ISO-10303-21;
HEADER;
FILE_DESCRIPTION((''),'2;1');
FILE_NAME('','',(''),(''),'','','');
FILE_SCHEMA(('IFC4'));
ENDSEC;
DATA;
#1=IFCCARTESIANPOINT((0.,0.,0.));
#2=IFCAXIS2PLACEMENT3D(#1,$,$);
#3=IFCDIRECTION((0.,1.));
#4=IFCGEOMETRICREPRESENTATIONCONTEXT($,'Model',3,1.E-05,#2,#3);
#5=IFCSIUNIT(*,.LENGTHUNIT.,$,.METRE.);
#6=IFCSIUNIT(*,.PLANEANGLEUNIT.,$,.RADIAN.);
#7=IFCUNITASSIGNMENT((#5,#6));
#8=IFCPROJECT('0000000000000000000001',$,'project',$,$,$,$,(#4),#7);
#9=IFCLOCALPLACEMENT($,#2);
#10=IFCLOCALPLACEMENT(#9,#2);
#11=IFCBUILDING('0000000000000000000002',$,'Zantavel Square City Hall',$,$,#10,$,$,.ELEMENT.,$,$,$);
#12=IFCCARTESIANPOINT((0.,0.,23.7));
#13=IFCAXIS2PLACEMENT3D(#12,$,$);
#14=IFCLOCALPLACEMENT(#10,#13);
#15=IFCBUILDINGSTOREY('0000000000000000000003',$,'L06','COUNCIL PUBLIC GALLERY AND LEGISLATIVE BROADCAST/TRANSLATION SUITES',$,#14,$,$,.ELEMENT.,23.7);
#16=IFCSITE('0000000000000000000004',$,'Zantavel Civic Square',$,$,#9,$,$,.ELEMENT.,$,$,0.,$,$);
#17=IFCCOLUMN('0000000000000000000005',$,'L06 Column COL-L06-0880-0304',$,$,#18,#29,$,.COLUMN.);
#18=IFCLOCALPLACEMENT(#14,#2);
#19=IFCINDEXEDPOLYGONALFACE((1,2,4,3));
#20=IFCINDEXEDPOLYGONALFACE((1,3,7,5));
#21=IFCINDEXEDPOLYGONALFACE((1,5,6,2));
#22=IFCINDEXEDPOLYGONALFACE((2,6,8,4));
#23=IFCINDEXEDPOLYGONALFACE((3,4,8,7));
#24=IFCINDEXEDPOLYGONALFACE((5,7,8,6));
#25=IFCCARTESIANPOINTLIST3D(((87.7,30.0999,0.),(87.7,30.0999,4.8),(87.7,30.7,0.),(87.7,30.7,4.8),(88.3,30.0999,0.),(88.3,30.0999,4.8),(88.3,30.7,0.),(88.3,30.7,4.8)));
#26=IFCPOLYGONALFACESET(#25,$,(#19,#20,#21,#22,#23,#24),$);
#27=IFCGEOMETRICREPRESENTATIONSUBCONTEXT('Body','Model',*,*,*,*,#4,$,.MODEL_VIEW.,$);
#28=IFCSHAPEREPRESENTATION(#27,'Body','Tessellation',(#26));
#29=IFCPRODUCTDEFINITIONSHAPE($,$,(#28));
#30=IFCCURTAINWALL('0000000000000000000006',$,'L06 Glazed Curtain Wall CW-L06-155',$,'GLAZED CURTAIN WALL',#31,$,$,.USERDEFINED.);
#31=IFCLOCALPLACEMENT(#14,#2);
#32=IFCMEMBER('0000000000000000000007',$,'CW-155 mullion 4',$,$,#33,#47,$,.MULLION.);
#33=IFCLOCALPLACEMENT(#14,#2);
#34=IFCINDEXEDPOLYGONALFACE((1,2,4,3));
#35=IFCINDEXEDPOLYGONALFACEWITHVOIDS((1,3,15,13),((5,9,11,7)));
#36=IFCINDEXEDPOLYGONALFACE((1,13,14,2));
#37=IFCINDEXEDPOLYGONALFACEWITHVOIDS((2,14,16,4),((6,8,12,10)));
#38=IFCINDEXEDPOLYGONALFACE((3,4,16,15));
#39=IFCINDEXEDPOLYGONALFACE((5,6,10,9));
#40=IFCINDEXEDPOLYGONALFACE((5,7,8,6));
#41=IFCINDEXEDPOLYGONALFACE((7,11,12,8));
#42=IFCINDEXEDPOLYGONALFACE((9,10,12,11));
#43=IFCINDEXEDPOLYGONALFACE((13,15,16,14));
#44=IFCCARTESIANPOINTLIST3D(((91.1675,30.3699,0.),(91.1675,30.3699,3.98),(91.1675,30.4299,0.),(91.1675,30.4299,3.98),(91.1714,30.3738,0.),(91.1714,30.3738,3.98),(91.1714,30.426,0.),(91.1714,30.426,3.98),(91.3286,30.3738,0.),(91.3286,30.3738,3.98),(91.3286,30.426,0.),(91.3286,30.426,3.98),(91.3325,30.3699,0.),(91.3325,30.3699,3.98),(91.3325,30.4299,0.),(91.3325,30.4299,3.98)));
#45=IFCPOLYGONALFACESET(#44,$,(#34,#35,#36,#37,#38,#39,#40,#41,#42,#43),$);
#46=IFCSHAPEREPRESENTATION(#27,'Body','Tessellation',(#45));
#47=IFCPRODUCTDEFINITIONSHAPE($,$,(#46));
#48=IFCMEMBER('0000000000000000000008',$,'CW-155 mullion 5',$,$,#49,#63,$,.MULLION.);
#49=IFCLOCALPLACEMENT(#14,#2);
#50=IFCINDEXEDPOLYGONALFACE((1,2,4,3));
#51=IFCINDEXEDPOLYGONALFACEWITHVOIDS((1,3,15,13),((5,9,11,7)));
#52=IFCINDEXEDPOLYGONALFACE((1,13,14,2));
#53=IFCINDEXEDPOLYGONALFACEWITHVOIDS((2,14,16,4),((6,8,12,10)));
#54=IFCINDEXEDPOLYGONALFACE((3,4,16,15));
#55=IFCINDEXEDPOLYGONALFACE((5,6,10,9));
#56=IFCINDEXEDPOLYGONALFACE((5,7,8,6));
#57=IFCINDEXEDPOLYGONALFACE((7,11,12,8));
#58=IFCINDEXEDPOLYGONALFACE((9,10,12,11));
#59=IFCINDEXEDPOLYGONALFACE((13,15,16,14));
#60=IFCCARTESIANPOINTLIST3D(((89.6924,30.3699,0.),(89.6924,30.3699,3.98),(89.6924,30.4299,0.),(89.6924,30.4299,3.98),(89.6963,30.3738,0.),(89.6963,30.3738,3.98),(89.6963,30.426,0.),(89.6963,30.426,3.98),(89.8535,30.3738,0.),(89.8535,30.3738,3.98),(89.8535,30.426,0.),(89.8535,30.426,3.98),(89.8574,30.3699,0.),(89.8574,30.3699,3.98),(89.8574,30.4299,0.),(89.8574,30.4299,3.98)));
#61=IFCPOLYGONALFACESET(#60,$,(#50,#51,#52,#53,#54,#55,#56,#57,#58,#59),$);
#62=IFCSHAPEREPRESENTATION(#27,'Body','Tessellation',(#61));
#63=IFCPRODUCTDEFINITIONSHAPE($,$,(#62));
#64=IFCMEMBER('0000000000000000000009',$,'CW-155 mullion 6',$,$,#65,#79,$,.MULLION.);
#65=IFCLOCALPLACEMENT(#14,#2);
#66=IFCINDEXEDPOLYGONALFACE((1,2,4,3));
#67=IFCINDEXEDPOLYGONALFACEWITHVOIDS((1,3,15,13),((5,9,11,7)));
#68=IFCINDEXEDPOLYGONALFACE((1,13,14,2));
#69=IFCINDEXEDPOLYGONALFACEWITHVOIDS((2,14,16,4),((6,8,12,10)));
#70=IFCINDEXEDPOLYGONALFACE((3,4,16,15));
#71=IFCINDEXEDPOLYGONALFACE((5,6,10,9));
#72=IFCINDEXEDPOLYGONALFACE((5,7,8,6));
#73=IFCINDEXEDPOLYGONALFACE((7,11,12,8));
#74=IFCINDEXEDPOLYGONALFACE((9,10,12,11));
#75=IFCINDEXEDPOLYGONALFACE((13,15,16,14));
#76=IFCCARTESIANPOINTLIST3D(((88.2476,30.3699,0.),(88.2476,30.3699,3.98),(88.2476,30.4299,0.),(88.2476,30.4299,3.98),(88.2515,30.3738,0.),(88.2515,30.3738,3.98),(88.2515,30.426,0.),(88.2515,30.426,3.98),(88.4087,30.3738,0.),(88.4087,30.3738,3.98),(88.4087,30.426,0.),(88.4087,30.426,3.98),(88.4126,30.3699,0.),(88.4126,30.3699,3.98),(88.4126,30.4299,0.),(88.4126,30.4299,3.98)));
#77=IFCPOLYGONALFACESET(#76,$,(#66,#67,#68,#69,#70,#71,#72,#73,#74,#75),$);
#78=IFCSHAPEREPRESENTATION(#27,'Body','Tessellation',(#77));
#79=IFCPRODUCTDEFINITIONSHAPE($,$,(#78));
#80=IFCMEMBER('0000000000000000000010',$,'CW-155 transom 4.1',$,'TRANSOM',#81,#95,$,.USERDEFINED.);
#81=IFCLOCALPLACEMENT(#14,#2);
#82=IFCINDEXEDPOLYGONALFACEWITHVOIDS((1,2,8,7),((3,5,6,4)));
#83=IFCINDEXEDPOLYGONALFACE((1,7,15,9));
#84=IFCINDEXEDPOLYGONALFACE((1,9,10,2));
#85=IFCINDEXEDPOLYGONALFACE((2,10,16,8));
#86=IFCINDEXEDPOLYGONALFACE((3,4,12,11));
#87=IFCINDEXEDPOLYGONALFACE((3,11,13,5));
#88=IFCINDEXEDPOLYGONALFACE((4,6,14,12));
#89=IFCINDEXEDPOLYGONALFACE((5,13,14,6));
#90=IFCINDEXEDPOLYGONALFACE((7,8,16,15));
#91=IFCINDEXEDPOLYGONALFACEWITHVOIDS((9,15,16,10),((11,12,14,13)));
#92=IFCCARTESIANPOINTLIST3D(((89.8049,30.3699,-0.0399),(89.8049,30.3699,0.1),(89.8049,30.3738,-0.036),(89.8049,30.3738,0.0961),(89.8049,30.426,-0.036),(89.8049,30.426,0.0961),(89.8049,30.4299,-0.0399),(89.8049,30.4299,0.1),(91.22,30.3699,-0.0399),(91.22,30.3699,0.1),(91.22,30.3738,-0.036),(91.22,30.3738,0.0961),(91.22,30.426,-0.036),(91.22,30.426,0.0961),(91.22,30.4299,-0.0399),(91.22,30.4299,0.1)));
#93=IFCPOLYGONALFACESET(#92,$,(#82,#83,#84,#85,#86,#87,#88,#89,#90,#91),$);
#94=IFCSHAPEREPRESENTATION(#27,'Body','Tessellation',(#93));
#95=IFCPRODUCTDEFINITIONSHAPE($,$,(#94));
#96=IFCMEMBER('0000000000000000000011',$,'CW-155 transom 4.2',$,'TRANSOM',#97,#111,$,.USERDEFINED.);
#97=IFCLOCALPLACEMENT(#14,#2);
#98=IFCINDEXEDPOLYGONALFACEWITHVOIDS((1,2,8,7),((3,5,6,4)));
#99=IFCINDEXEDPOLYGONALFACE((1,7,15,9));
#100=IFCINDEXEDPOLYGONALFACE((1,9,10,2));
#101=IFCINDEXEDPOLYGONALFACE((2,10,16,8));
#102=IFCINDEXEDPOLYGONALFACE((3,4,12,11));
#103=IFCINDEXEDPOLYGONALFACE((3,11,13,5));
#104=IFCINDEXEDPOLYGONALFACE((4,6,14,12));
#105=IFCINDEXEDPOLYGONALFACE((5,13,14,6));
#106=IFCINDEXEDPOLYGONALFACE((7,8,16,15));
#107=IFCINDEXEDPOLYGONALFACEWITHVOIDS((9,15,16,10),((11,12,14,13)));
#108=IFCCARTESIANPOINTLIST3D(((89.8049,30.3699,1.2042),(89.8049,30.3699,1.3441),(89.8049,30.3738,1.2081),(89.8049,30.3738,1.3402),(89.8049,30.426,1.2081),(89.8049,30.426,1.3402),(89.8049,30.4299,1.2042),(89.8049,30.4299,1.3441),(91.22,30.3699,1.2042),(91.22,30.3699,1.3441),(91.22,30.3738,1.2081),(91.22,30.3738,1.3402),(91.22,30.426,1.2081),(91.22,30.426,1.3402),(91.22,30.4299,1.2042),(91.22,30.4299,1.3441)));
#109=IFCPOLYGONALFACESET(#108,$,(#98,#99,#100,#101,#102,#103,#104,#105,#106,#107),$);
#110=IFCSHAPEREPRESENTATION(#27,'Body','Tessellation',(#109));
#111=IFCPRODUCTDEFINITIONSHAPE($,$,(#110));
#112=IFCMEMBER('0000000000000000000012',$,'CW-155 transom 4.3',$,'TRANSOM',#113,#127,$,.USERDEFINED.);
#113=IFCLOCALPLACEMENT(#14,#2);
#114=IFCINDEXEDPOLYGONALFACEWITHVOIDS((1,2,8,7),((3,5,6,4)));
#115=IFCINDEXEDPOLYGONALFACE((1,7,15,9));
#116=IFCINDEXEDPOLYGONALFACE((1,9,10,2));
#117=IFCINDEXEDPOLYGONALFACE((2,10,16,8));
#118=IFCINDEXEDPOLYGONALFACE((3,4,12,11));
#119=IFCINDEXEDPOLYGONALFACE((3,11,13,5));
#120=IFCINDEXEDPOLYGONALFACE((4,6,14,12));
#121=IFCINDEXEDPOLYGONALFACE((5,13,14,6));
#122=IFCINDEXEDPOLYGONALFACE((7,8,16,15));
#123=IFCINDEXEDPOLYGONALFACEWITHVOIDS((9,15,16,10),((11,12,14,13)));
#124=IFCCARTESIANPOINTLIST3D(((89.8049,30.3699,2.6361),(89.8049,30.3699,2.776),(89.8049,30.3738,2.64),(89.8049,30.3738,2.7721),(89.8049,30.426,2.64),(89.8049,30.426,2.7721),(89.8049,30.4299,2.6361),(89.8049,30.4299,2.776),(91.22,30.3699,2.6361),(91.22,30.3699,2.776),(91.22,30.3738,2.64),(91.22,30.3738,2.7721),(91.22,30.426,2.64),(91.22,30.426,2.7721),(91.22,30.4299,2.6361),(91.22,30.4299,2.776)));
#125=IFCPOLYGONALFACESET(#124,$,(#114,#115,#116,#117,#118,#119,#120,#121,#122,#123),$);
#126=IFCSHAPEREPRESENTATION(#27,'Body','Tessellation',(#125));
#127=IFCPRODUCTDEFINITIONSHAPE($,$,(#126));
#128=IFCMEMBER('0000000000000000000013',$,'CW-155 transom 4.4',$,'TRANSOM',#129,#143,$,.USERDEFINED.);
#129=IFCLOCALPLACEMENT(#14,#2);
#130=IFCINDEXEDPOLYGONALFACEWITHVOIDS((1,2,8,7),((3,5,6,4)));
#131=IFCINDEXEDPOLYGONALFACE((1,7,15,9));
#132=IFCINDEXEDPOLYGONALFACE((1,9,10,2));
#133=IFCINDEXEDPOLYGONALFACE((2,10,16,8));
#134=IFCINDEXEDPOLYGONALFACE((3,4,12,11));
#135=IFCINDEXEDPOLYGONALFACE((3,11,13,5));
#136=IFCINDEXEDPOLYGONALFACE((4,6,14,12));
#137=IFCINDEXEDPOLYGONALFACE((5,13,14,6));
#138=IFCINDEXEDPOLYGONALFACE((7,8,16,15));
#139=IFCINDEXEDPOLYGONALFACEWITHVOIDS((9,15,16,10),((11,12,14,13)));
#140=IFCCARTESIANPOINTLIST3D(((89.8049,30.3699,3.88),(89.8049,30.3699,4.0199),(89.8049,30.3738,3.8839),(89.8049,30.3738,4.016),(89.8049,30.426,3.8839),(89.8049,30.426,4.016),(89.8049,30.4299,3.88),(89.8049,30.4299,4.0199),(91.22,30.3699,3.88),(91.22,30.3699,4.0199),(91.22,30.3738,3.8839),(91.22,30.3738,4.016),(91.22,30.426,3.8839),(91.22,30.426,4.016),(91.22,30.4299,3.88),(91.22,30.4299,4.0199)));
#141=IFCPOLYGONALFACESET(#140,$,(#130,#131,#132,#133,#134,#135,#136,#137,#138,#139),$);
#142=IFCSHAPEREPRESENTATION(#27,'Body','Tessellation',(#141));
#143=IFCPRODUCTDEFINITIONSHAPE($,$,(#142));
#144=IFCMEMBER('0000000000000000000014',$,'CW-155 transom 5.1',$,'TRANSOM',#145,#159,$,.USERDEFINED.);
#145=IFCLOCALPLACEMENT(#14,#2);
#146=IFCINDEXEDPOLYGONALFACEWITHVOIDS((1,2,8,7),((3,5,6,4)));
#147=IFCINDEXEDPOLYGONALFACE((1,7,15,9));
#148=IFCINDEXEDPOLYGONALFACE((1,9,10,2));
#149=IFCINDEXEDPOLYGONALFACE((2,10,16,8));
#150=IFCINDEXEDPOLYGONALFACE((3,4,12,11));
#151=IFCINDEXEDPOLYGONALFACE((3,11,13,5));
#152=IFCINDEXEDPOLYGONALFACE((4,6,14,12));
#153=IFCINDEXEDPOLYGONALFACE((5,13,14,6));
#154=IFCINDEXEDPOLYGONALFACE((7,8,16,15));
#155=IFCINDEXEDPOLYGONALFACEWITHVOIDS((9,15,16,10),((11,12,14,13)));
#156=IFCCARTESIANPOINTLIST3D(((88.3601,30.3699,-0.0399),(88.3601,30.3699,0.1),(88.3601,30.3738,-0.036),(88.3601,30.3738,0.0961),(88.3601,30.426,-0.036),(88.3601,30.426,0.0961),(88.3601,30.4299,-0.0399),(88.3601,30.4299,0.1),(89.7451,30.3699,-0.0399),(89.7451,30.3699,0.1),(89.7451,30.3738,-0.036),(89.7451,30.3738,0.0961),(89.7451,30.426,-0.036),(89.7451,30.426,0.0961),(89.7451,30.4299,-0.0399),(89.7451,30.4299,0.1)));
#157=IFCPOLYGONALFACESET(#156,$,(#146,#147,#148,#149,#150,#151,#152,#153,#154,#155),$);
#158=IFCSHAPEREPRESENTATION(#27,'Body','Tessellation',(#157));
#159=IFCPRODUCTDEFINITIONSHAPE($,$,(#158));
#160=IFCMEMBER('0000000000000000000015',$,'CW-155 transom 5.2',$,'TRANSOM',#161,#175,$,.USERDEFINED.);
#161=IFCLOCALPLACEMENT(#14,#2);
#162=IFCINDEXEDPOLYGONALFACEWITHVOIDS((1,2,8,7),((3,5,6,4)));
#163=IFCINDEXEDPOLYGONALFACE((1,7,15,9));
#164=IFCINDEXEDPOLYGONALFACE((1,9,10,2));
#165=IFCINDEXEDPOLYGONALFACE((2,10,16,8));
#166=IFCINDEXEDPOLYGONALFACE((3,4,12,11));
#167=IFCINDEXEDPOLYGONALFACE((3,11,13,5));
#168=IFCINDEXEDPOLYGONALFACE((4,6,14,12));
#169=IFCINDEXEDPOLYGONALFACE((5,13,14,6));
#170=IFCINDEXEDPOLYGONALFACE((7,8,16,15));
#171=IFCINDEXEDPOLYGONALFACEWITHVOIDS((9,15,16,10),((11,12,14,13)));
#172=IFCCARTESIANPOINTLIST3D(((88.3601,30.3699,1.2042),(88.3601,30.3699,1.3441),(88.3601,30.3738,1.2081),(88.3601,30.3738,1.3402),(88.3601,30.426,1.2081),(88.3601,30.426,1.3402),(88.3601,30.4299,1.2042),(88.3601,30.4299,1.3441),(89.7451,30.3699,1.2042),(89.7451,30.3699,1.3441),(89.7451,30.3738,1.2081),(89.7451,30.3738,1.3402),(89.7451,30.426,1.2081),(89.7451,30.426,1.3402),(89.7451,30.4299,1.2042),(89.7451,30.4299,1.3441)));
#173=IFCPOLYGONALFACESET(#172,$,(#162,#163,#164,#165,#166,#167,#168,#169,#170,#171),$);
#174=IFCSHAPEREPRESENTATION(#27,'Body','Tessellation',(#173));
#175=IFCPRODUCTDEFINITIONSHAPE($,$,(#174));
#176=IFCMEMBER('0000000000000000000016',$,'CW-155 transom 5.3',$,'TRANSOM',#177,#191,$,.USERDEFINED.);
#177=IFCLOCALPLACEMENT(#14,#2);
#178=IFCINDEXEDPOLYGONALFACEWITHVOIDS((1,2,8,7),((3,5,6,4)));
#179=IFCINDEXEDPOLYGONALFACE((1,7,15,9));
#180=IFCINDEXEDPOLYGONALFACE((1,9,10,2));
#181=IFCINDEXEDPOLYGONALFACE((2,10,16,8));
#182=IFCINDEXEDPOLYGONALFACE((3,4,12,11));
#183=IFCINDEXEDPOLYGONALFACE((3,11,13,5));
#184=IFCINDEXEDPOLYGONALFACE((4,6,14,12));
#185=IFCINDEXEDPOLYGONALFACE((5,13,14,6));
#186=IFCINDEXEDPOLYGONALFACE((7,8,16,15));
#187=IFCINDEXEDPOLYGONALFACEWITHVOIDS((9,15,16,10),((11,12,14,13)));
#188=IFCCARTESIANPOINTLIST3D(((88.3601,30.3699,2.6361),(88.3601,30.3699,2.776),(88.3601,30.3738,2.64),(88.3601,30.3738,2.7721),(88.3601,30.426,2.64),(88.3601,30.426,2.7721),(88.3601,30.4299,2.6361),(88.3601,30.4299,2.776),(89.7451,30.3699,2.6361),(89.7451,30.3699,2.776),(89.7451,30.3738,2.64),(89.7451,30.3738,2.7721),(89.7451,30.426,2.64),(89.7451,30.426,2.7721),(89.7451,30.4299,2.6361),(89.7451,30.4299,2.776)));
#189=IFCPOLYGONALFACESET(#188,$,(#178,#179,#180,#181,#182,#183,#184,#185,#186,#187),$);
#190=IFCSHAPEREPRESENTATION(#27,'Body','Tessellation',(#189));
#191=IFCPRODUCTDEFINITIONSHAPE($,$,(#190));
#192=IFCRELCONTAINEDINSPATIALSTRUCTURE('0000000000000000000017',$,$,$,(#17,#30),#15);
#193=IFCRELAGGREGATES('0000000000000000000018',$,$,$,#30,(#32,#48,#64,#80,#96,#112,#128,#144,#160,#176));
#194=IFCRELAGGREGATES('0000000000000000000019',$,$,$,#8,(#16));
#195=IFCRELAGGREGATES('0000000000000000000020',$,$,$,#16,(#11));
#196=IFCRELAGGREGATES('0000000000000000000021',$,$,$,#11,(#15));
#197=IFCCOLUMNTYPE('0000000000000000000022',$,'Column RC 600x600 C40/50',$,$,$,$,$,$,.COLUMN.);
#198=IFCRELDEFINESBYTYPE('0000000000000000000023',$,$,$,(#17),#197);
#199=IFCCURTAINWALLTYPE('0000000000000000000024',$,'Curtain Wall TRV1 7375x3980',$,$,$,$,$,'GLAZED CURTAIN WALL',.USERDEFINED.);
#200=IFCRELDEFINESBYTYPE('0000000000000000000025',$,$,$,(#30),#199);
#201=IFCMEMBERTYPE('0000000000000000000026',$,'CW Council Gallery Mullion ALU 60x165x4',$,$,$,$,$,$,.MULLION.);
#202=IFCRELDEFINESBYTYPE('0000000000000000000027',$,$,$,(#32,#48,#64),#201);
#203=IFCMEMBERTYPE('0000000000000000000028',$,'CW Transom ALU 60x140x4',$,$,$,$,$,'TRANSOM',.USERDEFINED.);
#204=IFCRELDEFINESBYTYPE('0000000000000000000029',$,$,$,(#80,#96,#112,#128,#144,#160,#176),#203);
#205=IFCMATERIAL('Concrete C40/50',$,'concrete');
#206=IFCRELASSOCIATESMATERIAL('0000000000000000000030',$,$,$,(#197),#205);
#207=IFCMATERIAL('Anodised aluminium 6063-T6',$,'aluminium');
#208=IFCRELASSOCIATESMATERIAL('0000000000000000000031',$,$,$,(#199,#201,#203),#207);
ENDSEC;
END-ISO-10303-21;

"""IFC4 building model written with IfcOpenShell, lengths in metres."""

from ifc_helpers import new_model, si_unit, direction, frame, origin, origin_2d, place, context, subcontext, project, spatial, rectangle, hollow_rectangle, extrude, material, material_profile, profile_set, type_object, element, aggregate, save


model = new_model("IFC4")

# Units and contexts
model_context = context("Model", 3, precision=1e-05, world=origin(), true_north=direction((0.0, 1.0)))
body_context = subcontext(model_context, "Body", "Model", "MODEL_VIEW")
ifc_project = project(units=[si_unit("LENGTHUNIT", "METRE"), si_unit("PLANEANGLEUNIT", "RADIAN")], contexts=[model_context])

# Site, building, storey
site_placement = place(None, origin())
site = spatial("IfcSite", under=ifc_project, at=site_placement, Name="Zantavel Civic Square", CompositionType="ELEMENT", RefElevation=0.0)
building_placement = place(site_placement, origin())
building = spatial("IfcBuilding", under=site, at=building_placement, Name="Zantavel Square City Hall", CompositionType="ELEMENT")
storey_placement = place(building_placement, frame((0.0, 0.0, 23.7)))
storey = spatial("IfcBuildingStorey", under=building, at=storey_placement, Name="L06", Description="COUNCIL PUBLIC GALLERY AND LEGISLATIVE BROADCAST/TRANSLATION SUITES", CompositionType="ELEMENT", Elevation=23.7)

# Column
ifc_material_1 = material(Name="Concrete C40/50", Category="concrete")
ifc_material_profile_1 = material_profile(ifc_material_1, rectangle(XDim=0.6001, YDim=0.6001, at=origin_2d()), Name="RC 600x600")
ifc_profile_set_1 = profile_set([ifc_material_profile_1], Name="Concrete C40/50")
column_type = type_object("IfcColumnType", Name="Column RC 600x600 C40/50", PredefinedType="COLUMN", material=ifc_profile_set_1)
column_placement = place(storey_placement, frame((88.0, 30.3999, 0.0), z_axis=(0.0, 0.0, 1.0), x_axis=(1.0, 0.0, 0.0)))
element("IfcColumn", 1, at=column_placement, inside=storey, type_object=column_type, Name="L06 Column COL-L06-0880-0304", PredefinedType="COLUMN", context=body_context, shape_type="SweptSolid", body=[
    extrude(rectangle(XDim=0.6001, YDim=0.6001, at=origin_2d()), origin(), (0.0, 0.0, 1.0), 4.8),
])

# Curtain wall, members
ifc_material_2 = material(Name="Anodised aluminium 6063-T6", Category="aluminium")
curtain_wall_type = type_object("IfcCurtainWallType", Name="Curtain Wall TRV1 7375x3980", ElementType="GLAZED CURTAIN WALL", PredefinedType="USERDEFINED", material=ifc_material_2)
curtain_wall_placement = place(storey_placement, origin())
curtain_wall = element("IfcCurtainWall", 2, at=curtain_wall_placement, inside=storey, type_object=curtain_wall_type, Name="L06 Glazed Curtain Wall CW-L06-155", ObjectType="GLAZED CURTAIN WALL", PredefinedType="USERDEFINED")
ifc_material_profile_2 = material_profile(ifc_material_2, hollow_rectangle(XDim=0.0601, YDim=0.165, WallThickness=0.0039, at=origin_2d()), Name="ALU 60x165x4")
ifc_profile_set_2 = profile_set([ifc_material_profile_2], Name="Anodised aluminium 6063-T6")
member_type_1 = type_object("IfcMemberType", Name="CW Council Gallery Mullion ALU 60x165x4", PredefinedType="MULLION", material=ifc_profile_set_2)
member_1_placement = place(storey_placement, frame((91.25, 30.3999, 0.0), z_axis=(0.0, 0.0, 1.0), x_axis=(0.0, -1.0, 0.0)))
member_1 = element("IfcMember", 3, at=member_1_placement, type_object=member_type_1, Name="CW-155 mullion 4", PredefinedType="MULLION", context=body_context, shape_type="SweptSolid", body=[
    extrude(hollow_rectangle(XDim=0.0601, YDim=0.165, WallThickness=0.0039, at=origin_2d()), origin(), (0.0, 0.0, 1.0), 3.98),
])
member_2_placement = place(storey_placement, frame((89.7749, 30.3999, 0.0), z_axis=(0.0, 0.0, 1.0), x_axis=(0.0, -1.0, 0.0)))
member_2 = element("IfcMember", 4, at=member_2_placement, type_object=member_type_1, Name="CW-155 mullion 5", PredefinedType="MULLION", context=body_context, shape_type="SweptSolid", body=[
    extrude(hollow_rectangle(XDim=0.0601, YDim=0.165, WallThickness=0.0039, at=origin_2d()), origin(), (0.0, 0.0, 1.0), 3.98),
])
member_3_placement = place(storey_placement, frame((88.3301, 30.3999, 0.0), z_axis=(0.0, 0.0, 1.0), x_axis=(0.0, -1.0, 0.0)))
member_3 = element("IfcMember", 5, at=member_3_placement, type_object=member_type_1, Name="CW-155 mullion 6", PredefinedType="MULLION", context=body_context, shape_type="SweptSolid", body=[
    extrude(hollow_rectangle(XDim=0.0601, YDim=0.165, WallThickness=0.0039, at=origin_2d()), origin(), (0.0, 0.0, 1.0), 3.98),
])
ifc_material_profile_3 = material_profile(ifc_material_2, hollow_rectangle(XDim=0.0601, YDim=0.1399, WallThickness=0.0039, at=origin_2d()), Name="ALU 60x140x4")
ifc_profile_set_3 = profile_set([ifc_material_profile_3], Name="Anodised aluminium 6063-T6")
member_type_2 = type_object("IfcMemberType", Name="CW Transom ALU 60x140x4", ElementType="TRANSOM", PredefinedType="USERDEFINED", material=ifc_profile_set_3)
member_4_placement = place(storey_placement, frame((91.22, 30.3999, 0.03), z_axis=(-1.0, 0.0, 0.0), x_axis=(0.0, -1.0, 0.0)))
member_4 = element("IfcMember", 6, at=member_4_placement, type_object=member_type_2, Name="CW-155 transom 4.1", ObjectType="TRANSOM", PredefinedType="USERDEFINED", context=body_context, shape_type="SweptSolid", body=[
    extrude(hollow_rectangle(XDim=0.0601, YDim=0.1399, WallThickness=0.0039, at=origin_2d()), origin(), (0.0, 0.0, 1.0), 1.415),
])
member_5_placement = place(storey_placement, frame((91.22, 30.3999, 1.2742), z_axis=(-1.0, 0.0, 0.0), x_axis=(0.0, -1.0, 0.0)))
member_5 = element("IfcMember", 7, at=member_5_placement, type_object=member_type_2, Name="CW-155 transom 4.2", ObjectType="TRANSOM", PredefinedType="USERDEFINED", context=body_context, shape_type="SweptSolid", body=[
    extrude(hollow_rectangle(XDim=0.0601, YDim=0.1399, WallThickness=0.0039, at=origin_2d()), origin(), (0.0, 0.0, 1.0), 1.415),
])
member_6_placement = place(storey_placement, frame((91.22, 30.3999, 2.7061), z_axis=(-1.0, 0.0, 0.0), x_axis=(0.0, -1.0, 0.0)))
member_6 = element("IfcMember", 8, at=member_6_placement, type_object=member_type_2, Name="CW-155 transom 4.3", ObjectType="TRANSOM", PredefinedType="USERDEFINED", context=body_context, shape_type="SweptSolid", body=[
    extrude(hollow_rectangle(XDim=0.0601, YDim=0.1399, WallThickness=0.0039, at=origin_2d()), origin(), (0.0, 0.0, 1.0), 1.415),
])
member_7_placement = place(storey_placement, frame((91.22, 30.3999, 3.95), z_axis=(-1.0, 0.0, 0.0), x_axis=(0.0, -1.0, 0.0)))
member_7 = element("IfcMember", 9, at=member_7_placement, type_object=member_type_2, Name="CW-155 transom 4.4", ObjectType="TRANSOM", PredefinedType="USERDEFINED", context=body_context, shape_type="SweptSolid", body=[
    extrude(hollow_rectangle(XDim=0.0601, YDim=0.1399, WallThickness=0.0039, at=origin_2d()), origin(), (0.0, 0.0, 1.0), 1.415),
])
member_8_placement = place(storey_placement, frame((89.7451, 30.3999, 0.03), z_axis=(-1.0, 0.0, 0.0), x_axis=(0.0, -1.0, 0.0)))
member_8 = element("IfcMember", 10, at=member_8_placement, type_object=member_type_2, Name="CW-155 transom 5.1", ObjectType="TRANSOM", PredefinedType="USERDEFINED", context=body_context, shape_type="SweptSolid", body=[
    extrude(hollow_rectangle(XDim=0.0601, YDim=0.1399, WallThickness=0.0039, at=origin_2d()), origin(), (0.0, 0.0, 1.0), 1.385),
])
member_9_placement = place(storey_placement, frame((89.7451, 30.3999, 1.2742), z_axis=(-1.0, 0.0, 0.0), x_axis=(0.0, -1.0, 0.0)))
member_9 = element("IfcMember", 11, at=member_9_placement, type_object=member_type_2, Name="CW-155 transom 5.2", ObjectType="TRANSOM", PredefinedType="USERDEFINED", context=body_context, shape_type="SweptSolid", body=[
    extrude(hollow_rectangle(XDim=0.0601, YDim=0.1399, WallThickness=0.0039, at=origin_2d()), origin(), (0.0, 0.0, 1.0), 1.385),
])
member_10_placement = place(storey_placement, frame((89.7451, 30.3999, 2.7061), z_axis=(-1.0, 0.0, 0.0), x_axis=(0.0, -1.0, 0.0)))
member_10 = element("IfcMember", 12, at=member_10_placement, type_object=member_type_2, Name="CW-155 transom 5.3", ObjectType="TRANSOM", PredefinedType="USERDEFINED", context=body_context, shape_type="SweptSolid", body=[
    extrude(hollow_rectangle(XDim=0.0601, YDim=0.1399, WallThickness=0.0039, at=origin_2d()), origin(), (0.0, 0.0, 1.0), 1.385),
])

aggregate(curtain_wall, [member_1, member_2, member_3, member_4, member_5, member_6, member_7, member_8, member_9, member_10])

save(model, "model.ifc")
